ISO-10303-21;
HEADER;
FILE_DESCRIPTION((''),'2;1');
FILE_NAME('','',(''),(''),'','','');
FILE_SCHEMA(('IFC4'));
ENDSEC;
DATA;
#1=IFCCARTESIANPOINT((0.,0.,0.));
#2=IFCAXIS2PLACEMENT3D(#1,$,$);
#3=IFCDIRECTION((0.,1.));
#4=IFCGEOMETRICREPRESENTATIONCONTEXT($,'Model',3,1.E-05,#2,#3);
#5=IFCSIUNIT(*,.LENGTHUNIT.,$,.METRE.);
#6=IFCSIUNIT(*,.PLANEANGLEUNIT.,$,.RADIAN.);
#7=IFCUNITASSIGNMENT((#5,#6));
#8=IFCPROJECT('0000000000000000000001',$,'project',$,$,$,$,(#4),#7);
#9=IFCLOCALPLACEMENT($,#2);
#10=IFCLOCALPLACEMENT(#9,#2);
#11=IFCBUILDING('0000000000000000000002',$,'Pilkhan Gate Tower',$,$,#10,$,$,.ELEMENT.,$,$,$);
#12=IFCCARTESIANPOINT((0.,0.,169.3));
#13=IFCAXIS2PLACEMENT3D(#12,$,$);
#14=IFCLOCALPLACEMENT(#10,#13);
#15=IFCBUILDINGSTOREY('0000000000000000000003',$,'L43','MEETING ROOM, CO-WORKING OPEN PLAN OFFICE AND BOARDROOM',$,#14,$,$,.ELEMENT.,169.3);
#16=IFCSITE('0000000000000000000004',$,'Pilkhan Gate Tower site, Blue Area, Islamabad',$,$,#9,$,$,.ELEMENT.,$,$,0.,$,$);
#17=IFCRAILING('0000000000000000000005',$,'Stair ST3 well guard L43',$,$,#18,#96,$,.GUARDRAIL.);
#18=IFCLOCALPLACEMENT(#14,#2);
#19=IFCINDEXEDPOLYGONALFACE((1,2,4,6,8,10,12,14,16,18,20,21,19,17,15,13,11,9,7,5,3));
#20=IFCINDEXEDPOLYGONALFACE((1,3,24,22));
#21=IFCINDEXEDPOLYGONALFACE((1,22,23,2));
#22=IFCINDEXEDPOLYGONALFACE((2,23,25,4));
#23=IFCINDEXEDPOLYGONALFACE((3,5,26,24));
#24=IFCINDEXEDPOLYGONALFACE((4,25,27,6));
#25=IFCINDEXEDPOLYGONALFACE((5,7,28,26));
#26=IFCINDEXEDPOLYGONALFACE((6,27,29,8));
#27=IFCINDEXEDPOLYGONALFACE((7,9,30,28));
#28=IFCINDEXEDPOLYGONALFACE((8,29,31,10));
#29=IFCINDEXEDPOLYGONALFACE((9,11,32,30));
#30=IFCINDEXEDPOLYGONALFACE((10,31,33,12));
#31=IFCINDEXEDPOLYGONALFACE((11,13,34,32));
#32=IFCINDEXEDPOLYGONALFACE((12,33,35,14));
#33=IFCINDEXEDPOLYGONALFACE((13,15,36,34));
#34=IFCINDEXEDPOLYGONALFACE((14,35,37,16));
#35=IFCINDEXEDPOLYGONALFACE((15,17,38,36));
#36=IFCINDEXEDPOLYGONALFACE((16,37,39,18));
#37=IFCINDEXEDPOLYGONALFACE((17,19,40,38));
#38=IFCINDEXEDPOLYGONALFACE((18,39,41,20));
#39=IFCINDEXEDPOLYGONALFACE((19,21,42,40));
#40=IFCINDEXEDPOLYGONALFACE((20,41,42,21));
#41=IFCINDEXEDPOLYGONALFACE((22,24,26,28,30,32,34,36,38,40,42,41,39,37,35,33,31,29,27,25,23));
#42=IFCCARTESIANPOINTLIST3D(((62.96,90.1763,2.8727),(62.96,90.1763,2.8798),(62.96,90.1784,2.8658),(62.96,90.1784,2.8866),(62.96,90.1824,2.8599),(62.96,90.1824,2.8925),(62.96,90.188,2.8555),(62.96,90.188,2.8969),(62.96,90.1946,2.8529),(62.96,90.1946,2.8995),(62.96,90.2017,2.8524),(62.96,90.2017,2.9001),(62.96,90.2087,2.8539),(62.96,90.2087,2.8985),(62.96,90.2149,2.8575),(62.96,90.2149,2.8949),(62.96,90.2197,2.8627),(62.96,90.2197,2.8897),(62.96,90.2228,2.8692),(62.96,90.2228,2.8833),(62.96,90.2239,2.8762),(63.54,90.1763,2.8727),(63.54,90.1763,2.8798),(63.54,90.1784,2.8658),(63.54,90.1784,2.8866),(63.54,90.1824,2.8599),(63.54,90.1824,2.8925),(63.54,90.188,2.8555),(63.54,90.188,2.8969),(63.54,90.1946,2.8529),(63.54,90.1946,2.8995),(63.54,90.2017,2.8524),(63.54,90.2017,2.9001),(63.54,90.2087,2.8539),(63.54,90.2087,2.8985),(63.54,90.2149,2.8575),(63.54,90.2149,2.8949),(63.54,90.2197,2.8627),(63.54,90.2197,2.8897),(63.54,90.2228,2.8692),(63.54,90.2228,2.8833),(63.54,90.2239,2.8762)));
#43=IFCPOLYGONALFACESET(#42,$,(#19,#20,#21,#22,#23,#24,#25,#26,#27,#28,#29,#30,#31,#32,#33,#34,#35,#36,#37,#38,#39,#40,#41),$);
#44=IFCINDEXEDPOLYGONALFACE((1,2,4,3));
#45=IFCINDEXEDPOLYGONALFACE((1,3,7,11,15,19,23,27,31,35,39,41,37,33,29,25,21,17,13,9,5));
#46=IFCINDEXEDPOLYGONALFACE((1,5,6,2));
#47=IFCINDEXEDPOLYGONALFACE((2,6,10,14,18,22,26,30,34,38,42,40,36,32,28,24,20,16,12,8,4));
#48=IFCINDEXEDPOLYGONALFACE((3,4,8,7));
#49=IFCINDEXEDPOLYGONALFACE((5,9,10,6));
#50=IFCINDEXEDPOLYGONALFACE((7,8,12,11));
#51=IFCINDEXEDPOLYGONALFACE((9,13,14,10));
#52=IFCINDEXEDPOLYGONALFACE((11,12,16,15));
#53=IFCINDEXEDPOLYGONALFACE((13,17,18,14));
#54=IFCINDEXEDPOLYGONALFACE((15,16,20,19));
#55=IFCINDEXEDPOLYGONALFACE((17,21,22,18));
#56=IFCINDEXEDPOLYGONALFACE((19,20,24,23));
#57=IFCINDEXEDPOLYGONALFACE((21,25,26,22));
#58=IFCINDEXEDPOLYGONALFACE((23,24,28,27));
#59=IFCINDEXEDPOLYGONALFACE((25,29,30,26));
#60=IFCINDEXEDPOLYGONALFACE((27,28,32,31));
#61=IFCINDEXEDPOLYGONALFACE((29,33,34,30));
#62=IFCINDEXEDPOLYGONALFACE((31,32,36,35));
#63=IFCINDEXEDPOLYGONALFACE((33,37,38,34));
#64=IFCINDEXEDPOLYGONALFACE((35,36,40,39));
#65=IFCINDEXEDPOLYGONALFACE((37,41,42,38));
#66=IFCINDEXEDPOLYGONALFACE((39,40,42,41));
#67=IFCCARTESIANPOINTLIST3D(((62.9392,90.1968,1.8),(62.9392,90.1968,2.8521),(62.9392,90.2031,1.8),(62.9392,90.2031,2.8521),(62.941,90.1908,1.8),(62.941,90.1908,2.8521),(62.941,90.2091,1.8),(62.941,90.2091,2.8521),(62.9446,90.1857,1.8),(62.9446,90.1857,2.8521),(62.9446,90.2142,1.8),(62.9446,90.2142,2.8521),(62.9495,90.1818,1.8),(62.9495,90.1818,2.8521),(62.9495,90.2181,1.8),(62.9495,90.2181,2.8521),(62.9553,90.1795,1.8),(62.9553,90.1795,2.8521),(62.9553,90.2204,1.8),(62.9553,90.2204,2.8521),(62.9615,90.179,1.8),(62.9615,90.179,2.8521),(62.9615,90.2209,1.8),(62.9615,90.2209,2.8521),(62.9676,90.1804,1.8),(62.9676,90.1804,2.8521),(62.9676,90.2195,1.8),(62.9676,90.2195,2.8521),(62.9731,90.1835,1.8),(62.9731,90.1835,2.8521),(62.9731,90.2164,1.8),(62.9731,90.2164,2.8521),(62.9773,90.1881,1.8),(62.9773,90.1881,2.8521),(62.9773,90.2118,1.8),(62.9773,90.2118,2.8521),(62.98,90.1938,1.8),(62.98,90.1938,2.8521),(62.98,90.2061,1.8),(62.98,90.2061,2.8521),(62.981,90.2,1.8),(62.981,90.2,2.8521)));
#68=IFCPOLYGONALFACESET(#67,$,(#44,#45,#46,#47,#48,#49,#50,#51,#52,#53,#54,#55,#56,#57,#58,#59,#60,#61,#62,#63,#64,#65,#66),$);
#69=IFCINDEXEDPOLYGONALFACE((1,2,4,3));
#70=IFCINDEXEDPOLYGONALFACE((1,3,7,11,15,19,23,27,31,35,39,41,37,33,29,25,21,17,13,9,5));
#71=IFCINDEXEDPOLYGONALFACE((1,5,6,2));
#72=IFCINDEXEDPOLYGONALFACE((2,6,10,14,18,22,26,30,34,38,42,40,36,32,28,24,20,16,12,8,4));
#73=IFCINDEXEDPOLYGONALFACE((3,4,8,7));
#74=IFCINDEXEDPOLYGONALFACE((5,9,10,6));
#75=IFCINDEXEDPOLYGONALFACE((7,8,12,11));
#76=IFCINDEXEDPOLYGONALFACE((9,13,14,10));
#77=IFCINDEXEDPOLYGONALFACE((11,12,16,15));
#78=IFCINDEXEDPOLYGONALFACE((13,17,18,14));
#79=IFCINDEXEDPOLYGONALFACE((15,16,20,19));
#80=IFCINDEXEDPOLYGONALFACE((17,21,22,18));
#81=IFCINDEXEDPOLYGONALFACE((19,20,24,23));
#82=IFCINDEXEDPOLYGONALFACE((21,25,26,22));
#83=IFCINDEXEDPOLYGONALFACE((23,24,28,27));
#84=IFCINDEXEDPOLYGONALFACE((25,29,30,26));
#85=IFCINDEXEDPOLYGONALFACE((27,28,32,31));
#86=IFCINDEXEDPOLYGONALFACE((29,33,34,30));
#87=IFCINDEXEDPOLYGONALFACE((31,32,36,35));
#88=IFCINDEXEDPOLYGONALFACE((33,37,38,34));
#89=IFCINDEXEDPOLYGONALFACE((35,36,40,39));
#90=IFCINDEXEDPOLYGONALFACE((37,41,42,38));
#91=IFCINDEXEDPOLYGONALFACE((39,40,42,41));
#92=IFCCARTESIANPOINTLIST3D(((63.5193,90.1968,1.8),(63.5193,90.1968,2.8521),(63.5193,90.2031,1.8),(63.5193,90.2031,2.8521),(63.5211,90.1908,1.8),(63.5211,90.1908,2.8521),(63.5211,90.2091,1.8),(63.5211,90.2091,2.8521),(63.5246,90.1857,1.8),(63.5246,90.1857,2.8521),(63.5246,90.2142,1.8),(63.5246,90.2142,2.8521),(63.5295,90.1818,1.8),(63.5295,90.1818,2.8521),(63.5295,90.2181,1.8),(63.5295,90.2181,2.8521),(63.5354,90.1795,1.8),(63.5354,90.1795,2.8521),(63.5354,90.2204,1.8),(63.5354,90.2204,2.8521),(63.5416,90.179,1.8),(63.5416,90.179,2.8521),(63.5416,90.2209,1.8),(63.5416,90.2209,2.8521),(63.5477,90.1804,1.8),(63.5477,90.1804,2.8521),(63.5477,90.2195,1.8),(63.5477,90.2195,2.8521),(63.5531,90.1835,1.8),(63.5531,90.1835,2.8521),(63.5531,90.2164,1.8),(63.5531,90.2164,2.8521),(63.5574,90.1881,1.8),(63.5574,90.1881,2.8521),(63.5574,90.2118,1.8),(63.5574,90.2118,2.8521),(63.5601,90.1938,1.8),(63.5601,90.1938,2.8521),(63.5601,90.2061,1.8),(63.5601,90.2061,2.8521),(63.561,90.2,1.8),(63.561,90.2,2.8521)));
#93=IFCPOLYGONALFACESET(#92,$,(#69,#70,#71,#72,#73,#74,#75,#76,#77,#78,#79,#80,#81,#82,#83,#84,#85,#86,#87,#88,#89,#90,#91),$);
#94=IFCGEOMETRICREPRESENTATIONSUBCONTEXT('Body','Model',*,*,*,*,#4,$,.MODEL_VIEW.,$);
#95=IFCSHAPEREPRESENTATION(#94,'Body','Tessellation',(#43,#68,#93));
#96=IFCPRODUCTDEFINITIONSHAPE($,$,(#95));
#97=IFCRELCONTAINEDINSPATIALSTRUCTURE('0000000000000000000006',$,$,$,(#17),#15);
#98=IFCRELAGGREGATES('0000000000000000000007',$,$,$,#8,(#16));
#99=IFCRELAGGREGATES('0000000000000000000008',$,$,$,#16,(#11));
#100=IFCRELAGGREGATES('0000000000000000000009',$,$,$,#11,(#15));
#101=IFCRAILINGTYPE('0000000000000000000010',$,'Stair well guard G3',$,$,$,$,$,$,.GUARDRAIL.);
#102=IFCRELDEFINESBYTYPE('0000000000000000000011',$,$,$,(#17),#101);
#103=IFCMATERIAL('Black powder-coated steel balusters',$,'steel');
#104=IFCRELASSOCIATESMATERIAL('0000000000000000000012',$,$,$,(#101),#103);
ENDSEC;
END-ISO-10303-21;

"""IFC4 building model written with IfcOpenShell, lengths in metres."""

from ifc_helpers import new_model, si_unit, direction, frame, origin, origin_2d, place, context, subcontext, project, spatial, circle, extrude, material, type_object, element, save


model = new_model("IFC4")

# Units and contexts
model_context = context("Model", 3, precision=1e-05, world=origin(), true_north=direction((0.0, 1.0)))
body_context = subcontext(model_context, "Body", "Model", "MODEL_VIEW")
ifc_project = project(units=[si_unit("LENGTHUNIT", "METRE"), si_unit("PLANEANGLEUNIT", "RADIAN")], contexts=[model_context])

# Site, building, storey
site_placement = place(None, origin())
site = spatial("IfcSite", under=ifc_project, at=site_placement, Name="Pilkhan Gate Tower site, Blue Area, Islamabad", CompositionType="ELEMENT", RefElevation=0.0)
building_placement = place(site_placement, origin())
building = spatial("IfcBuilding", under=site, at=building_placement, Name="Pilkhan Gate Tower", CompositionType="ELEMENT")
storey_placement = place(building_placement, frame((0.0, 0.0, 169.3)))
storey = spatial("IfcBuildingStorey", under=building, at=storey_placement, Name="L43", Description="MEETING ROOM, CO-WORKING OPEN PLAN OFFICE AND BOARDROOM", CompositionType="ELEMENT", Elevation=169.3)

# Railing
ifc_material_1 = material(Name="Black powder-coated steel balusters", Category="steel")
railing_type_1 = type_object("IfcRailingType", Name="Stair well guard G3", PredefinedType="GUARDRAIL", material=ifc_material_1)
for number, where, name in (
    (1, (62.96, 90.2, 1.8), "Stair ST3 well guard L43"),
):
    element("IfcRailing", number, at=place(storey_placement, frame(where)), inside=storey, type_object=railing_type_1, Name=name, PredefinedType="GUARDRAIL", context=body_context, shape_type="SweptSolid", body=[
        extrude(circle(Radius=0.0239, at=origin_2d()), frame((0.0, 0.0, 1.0762), z_axis=(1.0, 0.0, 0.0), x_axis=(0.0, 1.0, 0.0)), (0.0, 0.0, 1.0), 0.5801),
        extrude(circle(Radius=0.021, at=origin_2d()), origin(), (0.0, 0.0, 1.0), 1.052),
        extrude(circle(Radius=0.021, at=origin_2d()), frame((0.5801, 0.0, 0.0)), (0.0, 0.0, 1.0), 1.052),
    ])

save(model, "model.ifc")
